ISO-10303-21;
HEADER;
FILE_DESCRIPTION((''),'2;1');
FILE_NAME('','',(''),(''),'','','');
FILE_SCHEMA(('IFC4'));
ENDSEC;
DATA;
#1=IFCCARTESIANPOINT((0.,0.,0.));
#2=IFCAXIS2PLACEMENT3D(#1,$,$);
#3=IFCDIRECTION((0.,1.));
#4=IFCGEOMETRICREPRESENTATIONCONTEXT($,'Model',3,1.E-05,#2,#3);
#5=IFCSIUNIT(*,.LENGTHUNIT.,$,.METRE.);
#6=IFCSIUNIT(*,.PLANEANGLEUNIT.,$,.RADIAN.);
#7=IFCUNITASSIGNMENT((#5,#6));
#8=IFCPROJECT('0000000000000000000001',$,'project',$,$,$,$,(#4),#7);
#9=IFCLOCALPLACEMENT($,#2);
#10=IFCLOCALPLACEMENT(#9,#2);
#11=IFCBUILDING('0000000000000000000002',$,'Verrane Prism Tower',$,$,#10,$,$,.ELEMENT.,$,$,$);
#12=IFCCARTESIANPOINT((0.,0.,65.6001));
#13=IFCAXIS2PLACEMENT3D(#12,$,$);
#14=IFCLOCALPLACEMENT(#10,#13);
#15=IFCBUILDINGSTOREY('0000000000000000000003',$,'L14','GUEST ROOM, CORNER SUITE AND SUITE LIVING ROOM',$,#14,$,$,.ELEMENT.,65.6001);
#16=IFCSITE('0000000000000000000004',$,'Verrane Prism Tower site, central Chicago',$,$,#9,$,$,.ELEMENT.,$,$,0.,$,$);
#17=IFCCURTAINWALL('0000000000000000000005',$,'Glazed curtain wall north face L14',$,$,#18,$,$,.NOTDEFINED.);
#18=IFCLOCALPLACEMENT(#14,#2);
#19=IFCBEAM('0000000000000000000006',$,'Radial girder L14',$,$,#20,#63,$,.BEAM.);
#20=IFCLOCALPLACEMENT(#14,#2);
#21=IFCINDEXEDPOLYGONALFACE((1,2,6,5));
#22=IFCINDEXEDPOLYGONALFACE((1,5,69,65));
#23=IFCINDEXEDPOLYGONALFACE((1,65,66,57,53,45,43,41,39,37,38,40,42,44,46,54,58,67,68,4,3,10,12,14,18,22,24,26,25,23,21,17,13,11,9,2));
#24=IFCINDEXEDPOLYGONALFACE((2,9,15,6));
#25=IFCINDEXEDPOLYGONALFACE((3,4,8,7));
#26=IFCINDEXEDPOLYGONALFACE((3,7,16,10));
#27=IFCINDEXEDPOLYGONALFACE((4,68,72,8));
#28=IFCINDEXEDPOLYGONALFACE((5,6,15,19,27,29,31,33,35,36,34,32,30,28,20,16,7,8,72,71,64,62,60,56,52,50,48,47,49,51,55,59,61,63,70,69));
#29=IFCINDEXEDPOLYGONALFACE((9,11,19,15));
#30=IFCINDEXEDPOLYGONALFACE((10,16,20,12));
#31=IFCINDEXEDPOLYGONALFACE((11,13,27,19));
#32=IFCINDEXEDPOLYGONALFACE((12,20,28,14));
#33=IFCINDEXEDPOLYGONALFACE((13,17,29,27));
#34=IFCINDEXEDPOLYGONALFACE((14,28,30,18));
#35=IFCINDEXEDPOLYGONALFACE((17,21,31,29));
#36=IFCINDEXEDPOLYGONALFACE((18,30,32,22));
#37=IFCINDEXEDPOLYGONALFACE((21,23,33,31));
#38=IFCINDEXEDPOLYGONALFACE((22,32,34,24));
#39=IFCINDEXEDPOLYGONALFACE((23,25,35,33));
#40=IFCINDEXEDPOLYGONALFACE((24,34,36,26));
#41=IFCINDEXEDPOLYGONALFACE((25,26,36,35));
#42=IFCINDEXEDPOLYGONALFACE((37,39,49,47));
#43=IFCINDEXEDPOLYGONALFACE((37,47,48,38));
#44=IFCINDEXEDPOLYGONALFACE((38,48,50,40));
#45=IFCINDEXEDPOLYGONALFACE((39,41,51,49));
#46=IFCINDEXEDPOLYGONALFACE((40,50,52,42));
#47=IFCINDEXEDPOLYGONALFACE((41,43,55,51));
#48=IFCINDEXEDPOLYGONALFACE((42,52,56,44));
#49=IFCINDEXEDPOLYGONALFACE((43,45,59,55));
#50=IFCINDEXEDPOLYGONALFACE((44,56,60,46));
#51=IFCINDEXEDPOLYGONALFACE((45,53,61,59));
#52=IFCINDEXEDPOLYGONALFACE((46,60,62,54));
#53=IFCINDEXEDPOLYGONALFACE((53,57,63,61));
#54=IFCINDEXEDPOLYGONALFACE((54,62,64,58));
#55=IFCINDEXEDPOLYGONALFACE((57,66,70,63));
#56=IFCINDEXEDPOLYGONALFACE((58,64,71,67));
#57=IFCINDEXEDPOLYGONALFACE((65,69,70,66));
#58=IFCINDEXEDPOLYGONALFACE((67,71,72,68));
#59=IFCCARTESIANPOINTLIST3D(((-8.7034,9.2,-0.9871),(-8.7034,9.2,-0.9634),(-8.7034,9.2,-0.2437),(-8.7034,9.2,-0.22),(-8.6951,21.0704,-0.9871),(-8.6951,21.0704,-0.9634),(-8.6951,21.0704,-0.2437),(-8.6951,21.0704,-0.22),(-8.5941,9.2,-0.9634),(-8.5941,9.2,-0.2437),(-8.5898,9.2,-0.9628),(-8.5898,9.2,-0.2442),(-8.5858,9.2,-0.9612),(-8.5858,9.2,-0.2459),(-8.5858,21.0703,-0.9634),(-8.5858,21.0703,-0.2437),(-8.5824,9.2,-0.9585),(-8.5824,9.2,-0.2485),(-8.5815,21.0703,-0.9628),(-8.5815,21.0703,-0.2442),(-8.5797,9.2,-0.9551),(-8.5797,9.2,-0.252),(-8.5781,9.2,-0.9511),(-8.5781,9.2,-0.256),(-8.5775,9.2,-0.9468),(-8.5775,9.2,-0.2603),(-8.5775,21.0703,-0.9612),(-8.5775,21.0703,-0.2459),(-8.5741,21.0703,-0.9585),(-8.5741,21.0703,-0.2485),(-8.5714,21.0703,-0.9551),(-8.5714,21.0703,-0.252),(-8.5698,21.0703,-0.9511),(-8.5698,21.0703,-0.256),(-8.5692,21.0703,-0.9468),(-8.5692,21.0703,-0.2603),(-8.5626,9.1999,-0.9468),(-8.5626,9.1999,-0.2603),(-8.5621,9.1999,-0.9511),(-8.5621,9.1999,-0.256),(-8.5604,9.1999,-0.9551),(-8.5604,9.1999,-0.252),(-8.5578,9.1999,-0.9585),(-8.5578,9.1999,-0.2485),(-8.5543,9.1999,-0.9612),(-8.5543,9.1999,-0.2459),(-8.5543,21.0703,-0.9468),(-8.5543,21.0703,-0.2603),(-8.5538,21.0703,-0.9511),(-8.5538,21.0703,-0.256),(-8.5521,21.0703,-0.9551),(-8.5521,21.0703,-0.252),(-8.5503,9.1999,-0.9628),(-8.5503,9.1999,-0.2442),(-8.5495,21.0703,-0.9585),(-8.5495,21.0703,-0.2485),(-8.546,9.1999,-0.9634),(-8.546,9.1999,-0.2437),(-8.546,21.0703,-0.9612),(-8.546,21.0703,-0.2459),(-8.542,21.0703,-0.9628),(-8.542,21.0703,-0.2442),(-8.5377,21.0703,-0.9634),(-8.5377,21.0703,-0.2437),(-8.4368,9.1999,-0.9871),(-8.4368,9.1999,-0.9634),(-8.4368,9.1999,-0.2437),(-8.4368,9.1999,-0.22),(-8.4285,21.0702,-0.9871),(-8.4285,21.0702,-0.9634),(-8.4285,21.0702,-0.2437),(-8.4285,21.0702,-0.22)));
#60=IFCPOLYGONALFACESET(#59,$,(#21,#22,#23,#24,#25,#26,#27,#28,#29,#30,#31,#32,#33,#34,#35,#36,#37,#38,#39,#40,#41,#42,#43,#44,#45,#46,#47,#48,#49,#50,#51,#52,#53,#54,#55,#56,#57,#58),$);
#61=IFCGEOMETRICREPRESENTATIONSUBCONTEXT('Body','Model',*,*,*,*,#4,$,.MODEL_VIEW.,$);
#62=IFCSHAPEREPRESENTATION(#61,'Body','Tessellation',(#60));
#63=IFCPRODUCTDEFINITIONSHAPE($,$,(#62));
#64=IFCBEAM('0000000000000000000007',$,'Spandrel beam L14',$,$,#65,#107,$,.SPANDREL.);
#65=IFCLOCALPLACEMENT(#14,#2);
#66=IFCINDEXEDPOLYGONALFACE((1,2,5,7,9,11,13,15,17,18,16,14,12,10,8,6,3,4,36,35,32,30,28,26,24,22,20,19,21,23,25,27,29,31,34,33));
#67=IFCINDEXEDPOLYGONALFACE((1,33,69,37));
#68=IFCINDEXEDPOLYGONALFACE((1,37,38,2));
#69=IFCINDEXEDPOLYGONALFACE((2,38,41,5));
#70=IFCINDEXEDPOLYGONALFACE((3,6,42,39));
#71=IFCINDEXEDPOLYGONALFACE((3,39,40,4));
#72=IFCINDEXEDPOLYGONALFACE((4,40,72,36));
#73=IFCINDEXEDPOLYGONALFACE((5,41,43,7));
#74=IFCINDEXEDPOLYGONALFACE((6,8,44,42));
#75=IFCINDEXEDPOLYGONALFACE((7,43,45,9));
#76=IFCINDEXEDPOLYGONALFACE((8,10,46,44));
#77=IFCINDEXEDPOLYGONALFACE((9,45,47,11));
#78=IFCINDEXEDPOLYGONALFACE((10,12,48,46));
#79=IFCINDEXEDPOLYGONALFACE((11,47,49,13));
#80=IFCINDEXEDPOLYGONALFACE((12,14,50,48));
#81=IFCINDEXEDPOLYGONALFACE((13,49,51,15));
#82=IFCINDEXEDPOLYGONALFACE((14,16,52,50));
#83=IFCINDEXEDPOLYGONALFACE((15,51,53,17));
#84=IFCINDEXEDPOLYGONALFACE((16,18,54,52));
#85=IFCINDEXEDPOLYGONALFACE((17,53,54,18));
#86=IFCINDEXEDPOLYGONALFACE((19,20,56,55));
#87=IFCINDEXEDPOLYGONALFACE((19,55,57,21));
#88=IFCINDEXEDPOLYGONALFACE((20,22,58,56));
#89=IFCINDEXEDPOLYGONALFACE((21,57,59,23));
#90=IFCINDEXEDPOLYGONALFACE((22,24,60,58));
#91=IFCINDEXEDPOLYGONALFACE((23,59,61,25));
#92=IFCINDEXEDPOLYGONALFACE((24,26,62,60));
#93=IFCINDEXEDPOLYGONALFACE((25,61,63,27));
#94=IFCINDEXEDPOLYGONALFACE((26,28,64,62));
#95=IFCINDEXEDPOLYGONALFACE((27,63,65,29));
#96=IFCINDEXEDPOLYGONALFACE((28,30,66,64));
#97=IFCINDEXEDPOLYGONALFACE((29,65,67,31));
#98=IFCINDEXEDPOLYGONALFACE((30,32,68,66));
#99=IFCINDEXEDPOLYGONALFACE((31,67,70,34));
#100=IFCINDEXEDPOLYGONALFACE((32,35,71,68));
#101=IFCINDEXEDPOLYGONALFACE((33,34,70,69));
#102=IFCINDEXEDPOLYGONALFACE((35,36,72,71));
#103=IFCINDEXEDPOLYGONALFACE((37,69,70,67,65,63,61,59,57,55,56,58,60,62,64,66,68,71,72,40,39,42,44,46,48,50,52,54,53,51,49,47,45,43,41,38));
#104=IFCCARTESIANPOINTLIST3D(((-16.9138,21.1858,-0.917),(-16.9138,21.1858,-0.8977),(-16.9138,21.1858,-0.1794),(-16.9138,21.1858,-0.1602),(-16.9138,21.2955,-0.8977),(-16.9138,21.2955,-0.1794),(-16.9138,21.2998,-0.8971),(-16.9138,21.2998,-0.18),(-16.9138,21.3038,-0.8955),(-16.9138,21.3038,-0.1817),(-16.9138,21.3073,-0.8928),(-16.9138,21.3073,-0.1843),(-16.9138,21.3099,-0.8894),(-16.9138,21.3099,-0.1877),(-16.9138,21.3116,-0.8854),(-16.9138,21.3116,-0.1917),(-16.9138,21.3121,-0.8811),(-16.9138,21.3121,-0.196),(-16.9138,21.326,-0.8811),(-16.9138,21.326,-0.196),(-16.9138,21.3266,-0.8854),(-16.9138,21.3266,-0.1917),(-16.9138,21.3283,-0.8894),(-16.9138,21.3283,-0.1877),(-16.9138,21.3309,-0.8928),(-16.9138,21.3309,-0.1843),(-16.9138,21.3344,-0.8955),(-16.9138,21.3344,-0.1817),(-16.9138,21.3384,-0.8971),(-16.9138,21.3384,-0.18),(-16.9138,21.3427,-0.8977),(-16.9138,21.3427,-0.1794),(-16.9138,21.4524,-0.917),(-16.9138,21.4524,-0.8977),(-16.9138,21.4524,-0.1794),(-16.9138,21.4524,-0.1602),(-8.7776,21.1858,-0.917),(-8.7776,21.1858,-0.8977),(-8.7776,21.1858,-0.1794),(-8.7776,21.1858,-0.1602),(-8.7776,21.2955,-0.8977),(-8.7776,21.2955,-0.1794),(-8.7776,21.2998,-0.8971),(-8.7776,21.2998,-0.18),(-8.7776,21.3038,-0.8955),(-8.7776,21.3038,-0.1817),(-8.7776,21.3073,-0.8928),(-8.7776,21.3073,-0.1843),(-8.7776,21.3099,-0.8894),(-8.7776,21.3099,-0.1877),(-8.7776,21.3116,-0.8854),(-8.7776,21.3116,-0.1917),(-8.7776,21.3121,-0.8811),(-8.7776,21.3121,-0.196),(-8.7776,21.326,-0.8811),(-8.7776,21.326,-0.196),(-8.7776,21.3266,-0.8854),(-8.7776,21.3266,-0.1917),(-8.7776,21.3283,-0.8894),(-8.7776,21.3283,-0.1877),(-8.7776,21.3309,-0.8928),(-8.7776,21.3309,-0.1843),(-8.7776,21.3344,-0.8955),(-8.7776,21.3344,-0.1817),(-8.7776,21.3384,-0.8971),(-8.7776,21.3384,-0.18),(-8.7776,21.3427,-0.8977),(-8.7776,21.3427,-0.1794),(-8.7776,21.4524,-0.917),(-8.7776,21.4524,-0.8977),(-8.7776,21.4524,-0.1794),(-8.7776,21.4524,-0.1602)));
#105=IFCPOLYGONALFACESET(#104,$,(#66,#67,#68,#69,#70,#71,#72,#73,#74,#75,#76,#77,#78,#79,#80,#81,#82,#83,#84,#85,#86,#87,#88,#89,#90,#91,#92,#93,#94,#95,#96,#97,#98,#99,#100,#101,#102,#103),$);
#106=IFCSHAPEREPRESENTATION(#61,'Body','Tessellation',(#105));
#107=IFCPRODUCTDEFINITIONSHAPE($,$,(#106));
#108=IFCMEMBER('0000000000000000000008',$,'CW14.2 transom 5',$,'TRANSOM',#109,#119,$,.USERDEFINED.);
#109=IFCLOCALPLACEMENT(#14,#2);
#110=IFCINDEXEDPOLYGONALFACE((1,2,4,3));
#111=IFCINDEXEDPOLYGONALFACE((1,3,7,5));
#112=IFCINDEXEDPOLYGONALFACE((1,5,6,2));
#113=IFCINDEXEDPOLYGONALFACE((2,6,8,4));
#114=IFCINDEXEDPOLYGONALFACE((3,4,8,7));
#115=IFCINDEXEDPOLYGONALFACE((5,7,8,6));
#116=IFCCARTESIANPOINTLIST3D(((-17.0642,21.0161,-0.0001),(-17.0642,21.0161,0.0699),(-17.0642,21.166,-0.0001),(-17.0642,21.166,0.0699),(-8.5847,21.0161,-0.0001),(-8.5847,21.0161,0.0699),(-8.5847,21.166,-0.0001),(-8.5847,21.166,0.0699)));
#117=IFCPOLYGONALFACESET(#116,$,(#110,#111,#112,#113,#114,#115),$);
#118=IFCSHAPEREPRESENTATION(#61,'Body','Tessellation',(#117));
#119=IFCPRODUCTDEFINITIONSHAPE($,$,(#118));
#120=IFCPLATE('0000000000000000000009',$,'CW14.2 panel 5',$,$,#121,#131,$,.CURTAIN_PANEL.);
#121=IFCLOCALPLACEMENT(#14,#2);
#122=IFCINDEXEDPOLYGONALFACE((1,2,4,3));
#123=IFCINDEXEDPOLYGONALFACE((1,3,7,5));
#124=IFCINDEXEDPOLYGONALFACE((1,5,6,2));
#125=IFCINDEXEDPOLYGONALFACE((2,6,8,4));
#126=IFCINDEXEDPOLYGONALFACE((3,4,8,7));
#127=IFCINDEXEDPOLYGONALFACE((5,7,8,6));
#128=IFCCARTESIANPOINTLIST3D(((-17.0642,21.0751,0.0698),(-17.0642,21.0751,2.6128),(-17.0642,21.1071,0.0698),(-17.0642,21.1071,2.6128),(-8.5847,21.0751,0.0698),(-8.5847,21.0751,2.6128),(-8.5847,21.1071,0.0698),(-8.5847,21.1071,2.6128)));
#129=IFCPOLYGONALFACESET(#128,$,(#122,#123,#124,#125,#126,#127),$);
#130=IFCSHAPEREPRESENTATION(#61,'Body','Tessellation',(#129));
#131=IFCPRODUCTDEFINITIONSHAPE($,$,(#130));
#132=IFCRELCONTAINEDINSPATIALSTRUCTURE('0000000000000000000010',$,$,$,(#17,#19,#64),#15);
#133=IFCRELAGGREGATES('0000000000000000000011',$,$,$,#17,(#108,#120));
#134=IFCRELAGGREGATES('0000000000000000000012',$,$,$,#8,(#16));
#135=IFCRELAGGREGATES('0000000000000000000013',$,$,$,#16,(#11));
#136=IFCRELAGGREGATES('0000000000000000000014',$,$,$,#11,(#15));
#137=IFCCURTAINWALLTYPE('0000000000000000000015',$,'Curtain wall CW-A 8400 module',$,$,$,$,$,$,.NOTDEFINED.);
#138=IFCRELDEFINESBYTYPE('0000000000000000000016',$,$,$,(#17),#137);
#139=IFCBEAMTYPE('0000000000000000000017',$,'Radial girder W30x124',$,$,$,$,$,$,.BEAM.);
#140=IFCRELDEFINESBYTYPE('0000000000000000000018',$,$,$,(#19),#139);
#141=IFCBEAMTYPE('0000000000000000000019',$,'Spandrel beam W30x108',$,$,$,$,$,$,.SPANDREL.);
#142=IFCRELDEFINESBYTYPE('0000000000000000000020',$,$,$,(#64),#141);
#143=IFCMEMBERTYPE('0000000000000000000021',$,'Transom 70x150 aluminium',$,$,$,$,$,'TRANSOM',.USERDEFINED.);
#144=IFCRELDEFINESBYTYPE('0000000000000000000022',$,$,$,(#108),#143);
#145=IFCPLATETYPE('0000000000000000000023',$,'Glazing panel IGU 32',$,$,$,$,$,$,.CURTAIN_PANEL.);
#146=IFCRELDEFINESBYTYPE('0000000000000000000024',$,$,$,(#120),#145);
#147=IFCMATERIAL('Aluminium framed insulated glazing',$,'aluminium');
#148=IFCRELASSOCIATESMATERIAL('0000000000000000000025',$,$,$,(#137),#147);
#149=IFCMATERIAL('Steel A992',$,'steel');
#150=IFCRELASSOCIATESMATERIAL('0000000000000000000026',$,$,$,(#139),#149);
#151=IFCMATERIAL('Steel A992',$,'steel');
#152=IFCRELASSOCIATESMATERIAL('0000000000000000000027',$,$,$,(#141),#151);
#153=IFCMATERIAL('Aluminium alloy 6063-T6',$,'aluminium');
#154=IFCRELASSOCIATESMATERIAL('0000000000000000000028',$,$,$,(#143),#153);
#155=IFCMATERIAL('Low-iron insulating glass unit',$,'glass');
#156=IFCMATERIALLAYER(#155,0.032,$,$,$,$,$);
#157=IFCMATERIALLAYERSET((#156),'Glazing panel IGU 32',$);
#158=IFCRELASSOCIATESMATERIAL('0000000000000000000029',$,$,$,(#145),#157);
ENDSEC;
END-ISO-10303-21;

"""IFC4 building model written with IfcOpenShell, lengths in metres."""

from ifc_helpers import new_model, si_unit, direction, frame, origin, origin_2d, place, context, subcontext, project, spatial, rectangle, i_section, extrude, material, layer, layer_set, material_profile, profile_set, type_object, element, aggregate, save


model = new_model("IFC4")

# Units and contexts
model_context = context("Model", 3, precision=1e-05, world=origin(), true_north=direction((0.0, 1.0)))
body_context = subcontext(model_context, "Body", "Model", "MODEL_VIEW")
ifc_project = project(units=[si_unit("LENGTHUNIT", "METRE"), si_unit("PLANEANGLEUNIT", "RADIAN")], contexts=[model_context])

# Site, building, storey
site_placement = place(None, origin())
site = spatial("IfcSite", under=ifc_project, at=site_placement, Name="Verrane Prism Tower site, central Chicago", CompositionType="ELEMENT", RefElevation=0.0)
building_placement = place(site_placement, origin())
building = spatial("IfcBuilding", under=site, at=building_placement, Name="Verrane Prism Tower", CompositionType="ELEMENT")
storey_placement = place(building_placement, frame((0.0, 0.0, 65.6001)))
storey = spatial("IfcBuildingStorey", under=building, at=storey_placement, Name="L14", Description="GUEST ROOM, CORNER SUITE AND SUITE LIVING ROOM", CompositionType="ELEMENT", Elevation=65.6001)

# Curtain wall
ifc_material_1 = material(Name="Aluminium framed insulated glazing", Category="aluminium")
curtain_wall_type = type_object("IfcCurtainWallType", Name="Curtain wall CW-A 8400 module", PredefinedType="NOTDEFINED", material=ifc_material_1)
curtain_wall_placement = place(storey_placement, origin())
curtain_wall = element("IfcCurtainWall", 1, at=curtain_wall_placement, inside=storey, type_object=curtain_wall_type, Name="Glazed curtain wall north face L14", PredefinedType="NOTDEFINED")

# Beams
ifc_material_2 = material(Name="Steel A992", Category="steel")
ifc_material_profile_1 = material_profile(ifc_material_2, i_section(OverallWidth=0.2666, OverallDepth=0.7671, WebThickness=0.0149, FlangeThickness=0.0237, FilletRadius=0.0166, at=origin_2d()), Name="W30x124")
ifc_profile_set_1 = profile_set([ifc_material_profile_1], Name="Steel A992")
beam_type_1 = type_object("IfcBeamType", Name="Radial girder W30x124", PredefinedType="BEAM", material=ifc_profile_set_1)
beam_1_placement = place(storey_placement, frame((-8.5618, 21.0703, -0.6035), z_axis=(-0.000699, -1.0, 0.0), x_axis=(1.0, -0.000699, 0.0)))
element("IfcBeam", 2, at=beam_1_placement, inside=storey, type_object=beam_type_1, Name="Radial girder L14", PredefinedType="BEAM", context=body_context, shape_type="SweptSolid", body=[
    extrude(i_section(OverallWidth=0.2666, OverallDepth=0.7671, WebThickness=0.0149, FlangeThickness=0.0237, FilletRadius=0.0166, at=origin_2d()), origin(), (0.0, 0.0, 1.0), 11.8704),
])
ifc_material_3 = material(Name="Steel A992", Category="steel")
ifc_material_profile_2 = material_profile(ifc_material_3, i_section(OverallWidth=0.2666, OverallDepth=0.7568, WebThickness=0.0139, FlangeThickness=0.0193, FilletRadius=0.0166, at=origin_2d()), Name="W30x108")
ifc_profile_set_2 = profile_set([ifc_material_profile_2], Name="Steel A992")
beam_type_2 = type_object("IfcBeamType", Name="Spandrel beam W30x108", PredefinedType="SPANDREL", material=ifc_profile_set_2)
beam_2_placement = place(storey_placement, frame((-8.7776, 21.3191, -0.5386), z_axis=(-1.0, 0.0, 0.0), x_axis=(0.0, -1.0, 0.0)))
element("IfcBeam", 3, at=beam_2_placement, inside=storey, type_object=beam_type_2, Name="Spandrel beam L14", PredefinedType="SPANDREL", context=body_context, shape_type="SweptSolid", body=[
    extrude(i_section(OverallWidth=0.2666, OverallDepth=0.7568, WebThickness=0.0139, FlangeThickness=0.0193, FilletRadius=0.0166, at=origin_2d()), origin(), (0.0, 0.0, 1.0), 8.1362),
])

# Member
ifc_material_4 = material(Name="Aluminium alloy 6063-T6", Category="aluminium")
ifc_material_profile_3 = material_profile(ifc_material_4, rectangle(XDim=0.1499, YDim=0.0701, at=origin_2d()), Name="Transom 70x150 aluminium")
ifc_profile_set_3 = profile_set([ifc_material_profile_3], Name="Aluminium alloy 6063-T6")
member_type_1 = type_object("IfcMemberType", Name="Transom 70x150 aluminium", ElementType="TRANSOM", PredefinedType="USERDEFINED", material=ifc_profile_set_3)
member_1_placement = place(storey_placement, frame((-8.5847, 21.0911, 0.0349), z_axis=(-1.0, 0.0, 0.0), x_axis=(0.0, -1.0, 0.0)))
member_1 = element("IfcMember", 4, at=member_1_placement, type_object=member_type_1, Name="CW14.2 transom 5", ObjectType="TRANSOM", PredefinedType="USERDEFINED", context=body_context, shape_type="SweptSolid", body=[
    extrude(rectangle(XDim=0.1499, YDim=0.0701, at=origin_2d()), origin(), (0.0, 0.0, 1.0), 8.4795),
])

# Plate
ifc_material_5 = material(Name="Low-iron insulating glass unit", Category="glass")
ifc_layer_1 = layer(ifc_material_5, 0.032)
ifc_layer_set_1 = layer_set([ifc_layer_1], Name="Glazing panel IGU 32")
plate_type = type_object("IfcPlateType", Name="Glazing panel IGU 32", PredefinedType="CURTAIN_PANEL", material=ifc_layer_set_1)
plate_placement = place(storey_placement, frame((-12.8245, 21.0911, 0.0698), z_axis=(0.0, 0.0, 1.0), x_axis=(-1.0, 0.0, 0.0)))
plate = element("IfcPlate", 5, at=plate_placement, type_object=plate_type, Name="CW14.2 panel 5", PredefinedType="CURTAIN_PANEL", context=body_context, shape_type="SweptSolid", body=[
    extrude(rectangle(XDim=8.4795, YDim=0.032, at=origin_2d()), origin(), (0.0, 0.0, 1.0), 2.543),
])
aggregate(curtain_wall, [member_1, plate])

save(model, "model.ifc")
